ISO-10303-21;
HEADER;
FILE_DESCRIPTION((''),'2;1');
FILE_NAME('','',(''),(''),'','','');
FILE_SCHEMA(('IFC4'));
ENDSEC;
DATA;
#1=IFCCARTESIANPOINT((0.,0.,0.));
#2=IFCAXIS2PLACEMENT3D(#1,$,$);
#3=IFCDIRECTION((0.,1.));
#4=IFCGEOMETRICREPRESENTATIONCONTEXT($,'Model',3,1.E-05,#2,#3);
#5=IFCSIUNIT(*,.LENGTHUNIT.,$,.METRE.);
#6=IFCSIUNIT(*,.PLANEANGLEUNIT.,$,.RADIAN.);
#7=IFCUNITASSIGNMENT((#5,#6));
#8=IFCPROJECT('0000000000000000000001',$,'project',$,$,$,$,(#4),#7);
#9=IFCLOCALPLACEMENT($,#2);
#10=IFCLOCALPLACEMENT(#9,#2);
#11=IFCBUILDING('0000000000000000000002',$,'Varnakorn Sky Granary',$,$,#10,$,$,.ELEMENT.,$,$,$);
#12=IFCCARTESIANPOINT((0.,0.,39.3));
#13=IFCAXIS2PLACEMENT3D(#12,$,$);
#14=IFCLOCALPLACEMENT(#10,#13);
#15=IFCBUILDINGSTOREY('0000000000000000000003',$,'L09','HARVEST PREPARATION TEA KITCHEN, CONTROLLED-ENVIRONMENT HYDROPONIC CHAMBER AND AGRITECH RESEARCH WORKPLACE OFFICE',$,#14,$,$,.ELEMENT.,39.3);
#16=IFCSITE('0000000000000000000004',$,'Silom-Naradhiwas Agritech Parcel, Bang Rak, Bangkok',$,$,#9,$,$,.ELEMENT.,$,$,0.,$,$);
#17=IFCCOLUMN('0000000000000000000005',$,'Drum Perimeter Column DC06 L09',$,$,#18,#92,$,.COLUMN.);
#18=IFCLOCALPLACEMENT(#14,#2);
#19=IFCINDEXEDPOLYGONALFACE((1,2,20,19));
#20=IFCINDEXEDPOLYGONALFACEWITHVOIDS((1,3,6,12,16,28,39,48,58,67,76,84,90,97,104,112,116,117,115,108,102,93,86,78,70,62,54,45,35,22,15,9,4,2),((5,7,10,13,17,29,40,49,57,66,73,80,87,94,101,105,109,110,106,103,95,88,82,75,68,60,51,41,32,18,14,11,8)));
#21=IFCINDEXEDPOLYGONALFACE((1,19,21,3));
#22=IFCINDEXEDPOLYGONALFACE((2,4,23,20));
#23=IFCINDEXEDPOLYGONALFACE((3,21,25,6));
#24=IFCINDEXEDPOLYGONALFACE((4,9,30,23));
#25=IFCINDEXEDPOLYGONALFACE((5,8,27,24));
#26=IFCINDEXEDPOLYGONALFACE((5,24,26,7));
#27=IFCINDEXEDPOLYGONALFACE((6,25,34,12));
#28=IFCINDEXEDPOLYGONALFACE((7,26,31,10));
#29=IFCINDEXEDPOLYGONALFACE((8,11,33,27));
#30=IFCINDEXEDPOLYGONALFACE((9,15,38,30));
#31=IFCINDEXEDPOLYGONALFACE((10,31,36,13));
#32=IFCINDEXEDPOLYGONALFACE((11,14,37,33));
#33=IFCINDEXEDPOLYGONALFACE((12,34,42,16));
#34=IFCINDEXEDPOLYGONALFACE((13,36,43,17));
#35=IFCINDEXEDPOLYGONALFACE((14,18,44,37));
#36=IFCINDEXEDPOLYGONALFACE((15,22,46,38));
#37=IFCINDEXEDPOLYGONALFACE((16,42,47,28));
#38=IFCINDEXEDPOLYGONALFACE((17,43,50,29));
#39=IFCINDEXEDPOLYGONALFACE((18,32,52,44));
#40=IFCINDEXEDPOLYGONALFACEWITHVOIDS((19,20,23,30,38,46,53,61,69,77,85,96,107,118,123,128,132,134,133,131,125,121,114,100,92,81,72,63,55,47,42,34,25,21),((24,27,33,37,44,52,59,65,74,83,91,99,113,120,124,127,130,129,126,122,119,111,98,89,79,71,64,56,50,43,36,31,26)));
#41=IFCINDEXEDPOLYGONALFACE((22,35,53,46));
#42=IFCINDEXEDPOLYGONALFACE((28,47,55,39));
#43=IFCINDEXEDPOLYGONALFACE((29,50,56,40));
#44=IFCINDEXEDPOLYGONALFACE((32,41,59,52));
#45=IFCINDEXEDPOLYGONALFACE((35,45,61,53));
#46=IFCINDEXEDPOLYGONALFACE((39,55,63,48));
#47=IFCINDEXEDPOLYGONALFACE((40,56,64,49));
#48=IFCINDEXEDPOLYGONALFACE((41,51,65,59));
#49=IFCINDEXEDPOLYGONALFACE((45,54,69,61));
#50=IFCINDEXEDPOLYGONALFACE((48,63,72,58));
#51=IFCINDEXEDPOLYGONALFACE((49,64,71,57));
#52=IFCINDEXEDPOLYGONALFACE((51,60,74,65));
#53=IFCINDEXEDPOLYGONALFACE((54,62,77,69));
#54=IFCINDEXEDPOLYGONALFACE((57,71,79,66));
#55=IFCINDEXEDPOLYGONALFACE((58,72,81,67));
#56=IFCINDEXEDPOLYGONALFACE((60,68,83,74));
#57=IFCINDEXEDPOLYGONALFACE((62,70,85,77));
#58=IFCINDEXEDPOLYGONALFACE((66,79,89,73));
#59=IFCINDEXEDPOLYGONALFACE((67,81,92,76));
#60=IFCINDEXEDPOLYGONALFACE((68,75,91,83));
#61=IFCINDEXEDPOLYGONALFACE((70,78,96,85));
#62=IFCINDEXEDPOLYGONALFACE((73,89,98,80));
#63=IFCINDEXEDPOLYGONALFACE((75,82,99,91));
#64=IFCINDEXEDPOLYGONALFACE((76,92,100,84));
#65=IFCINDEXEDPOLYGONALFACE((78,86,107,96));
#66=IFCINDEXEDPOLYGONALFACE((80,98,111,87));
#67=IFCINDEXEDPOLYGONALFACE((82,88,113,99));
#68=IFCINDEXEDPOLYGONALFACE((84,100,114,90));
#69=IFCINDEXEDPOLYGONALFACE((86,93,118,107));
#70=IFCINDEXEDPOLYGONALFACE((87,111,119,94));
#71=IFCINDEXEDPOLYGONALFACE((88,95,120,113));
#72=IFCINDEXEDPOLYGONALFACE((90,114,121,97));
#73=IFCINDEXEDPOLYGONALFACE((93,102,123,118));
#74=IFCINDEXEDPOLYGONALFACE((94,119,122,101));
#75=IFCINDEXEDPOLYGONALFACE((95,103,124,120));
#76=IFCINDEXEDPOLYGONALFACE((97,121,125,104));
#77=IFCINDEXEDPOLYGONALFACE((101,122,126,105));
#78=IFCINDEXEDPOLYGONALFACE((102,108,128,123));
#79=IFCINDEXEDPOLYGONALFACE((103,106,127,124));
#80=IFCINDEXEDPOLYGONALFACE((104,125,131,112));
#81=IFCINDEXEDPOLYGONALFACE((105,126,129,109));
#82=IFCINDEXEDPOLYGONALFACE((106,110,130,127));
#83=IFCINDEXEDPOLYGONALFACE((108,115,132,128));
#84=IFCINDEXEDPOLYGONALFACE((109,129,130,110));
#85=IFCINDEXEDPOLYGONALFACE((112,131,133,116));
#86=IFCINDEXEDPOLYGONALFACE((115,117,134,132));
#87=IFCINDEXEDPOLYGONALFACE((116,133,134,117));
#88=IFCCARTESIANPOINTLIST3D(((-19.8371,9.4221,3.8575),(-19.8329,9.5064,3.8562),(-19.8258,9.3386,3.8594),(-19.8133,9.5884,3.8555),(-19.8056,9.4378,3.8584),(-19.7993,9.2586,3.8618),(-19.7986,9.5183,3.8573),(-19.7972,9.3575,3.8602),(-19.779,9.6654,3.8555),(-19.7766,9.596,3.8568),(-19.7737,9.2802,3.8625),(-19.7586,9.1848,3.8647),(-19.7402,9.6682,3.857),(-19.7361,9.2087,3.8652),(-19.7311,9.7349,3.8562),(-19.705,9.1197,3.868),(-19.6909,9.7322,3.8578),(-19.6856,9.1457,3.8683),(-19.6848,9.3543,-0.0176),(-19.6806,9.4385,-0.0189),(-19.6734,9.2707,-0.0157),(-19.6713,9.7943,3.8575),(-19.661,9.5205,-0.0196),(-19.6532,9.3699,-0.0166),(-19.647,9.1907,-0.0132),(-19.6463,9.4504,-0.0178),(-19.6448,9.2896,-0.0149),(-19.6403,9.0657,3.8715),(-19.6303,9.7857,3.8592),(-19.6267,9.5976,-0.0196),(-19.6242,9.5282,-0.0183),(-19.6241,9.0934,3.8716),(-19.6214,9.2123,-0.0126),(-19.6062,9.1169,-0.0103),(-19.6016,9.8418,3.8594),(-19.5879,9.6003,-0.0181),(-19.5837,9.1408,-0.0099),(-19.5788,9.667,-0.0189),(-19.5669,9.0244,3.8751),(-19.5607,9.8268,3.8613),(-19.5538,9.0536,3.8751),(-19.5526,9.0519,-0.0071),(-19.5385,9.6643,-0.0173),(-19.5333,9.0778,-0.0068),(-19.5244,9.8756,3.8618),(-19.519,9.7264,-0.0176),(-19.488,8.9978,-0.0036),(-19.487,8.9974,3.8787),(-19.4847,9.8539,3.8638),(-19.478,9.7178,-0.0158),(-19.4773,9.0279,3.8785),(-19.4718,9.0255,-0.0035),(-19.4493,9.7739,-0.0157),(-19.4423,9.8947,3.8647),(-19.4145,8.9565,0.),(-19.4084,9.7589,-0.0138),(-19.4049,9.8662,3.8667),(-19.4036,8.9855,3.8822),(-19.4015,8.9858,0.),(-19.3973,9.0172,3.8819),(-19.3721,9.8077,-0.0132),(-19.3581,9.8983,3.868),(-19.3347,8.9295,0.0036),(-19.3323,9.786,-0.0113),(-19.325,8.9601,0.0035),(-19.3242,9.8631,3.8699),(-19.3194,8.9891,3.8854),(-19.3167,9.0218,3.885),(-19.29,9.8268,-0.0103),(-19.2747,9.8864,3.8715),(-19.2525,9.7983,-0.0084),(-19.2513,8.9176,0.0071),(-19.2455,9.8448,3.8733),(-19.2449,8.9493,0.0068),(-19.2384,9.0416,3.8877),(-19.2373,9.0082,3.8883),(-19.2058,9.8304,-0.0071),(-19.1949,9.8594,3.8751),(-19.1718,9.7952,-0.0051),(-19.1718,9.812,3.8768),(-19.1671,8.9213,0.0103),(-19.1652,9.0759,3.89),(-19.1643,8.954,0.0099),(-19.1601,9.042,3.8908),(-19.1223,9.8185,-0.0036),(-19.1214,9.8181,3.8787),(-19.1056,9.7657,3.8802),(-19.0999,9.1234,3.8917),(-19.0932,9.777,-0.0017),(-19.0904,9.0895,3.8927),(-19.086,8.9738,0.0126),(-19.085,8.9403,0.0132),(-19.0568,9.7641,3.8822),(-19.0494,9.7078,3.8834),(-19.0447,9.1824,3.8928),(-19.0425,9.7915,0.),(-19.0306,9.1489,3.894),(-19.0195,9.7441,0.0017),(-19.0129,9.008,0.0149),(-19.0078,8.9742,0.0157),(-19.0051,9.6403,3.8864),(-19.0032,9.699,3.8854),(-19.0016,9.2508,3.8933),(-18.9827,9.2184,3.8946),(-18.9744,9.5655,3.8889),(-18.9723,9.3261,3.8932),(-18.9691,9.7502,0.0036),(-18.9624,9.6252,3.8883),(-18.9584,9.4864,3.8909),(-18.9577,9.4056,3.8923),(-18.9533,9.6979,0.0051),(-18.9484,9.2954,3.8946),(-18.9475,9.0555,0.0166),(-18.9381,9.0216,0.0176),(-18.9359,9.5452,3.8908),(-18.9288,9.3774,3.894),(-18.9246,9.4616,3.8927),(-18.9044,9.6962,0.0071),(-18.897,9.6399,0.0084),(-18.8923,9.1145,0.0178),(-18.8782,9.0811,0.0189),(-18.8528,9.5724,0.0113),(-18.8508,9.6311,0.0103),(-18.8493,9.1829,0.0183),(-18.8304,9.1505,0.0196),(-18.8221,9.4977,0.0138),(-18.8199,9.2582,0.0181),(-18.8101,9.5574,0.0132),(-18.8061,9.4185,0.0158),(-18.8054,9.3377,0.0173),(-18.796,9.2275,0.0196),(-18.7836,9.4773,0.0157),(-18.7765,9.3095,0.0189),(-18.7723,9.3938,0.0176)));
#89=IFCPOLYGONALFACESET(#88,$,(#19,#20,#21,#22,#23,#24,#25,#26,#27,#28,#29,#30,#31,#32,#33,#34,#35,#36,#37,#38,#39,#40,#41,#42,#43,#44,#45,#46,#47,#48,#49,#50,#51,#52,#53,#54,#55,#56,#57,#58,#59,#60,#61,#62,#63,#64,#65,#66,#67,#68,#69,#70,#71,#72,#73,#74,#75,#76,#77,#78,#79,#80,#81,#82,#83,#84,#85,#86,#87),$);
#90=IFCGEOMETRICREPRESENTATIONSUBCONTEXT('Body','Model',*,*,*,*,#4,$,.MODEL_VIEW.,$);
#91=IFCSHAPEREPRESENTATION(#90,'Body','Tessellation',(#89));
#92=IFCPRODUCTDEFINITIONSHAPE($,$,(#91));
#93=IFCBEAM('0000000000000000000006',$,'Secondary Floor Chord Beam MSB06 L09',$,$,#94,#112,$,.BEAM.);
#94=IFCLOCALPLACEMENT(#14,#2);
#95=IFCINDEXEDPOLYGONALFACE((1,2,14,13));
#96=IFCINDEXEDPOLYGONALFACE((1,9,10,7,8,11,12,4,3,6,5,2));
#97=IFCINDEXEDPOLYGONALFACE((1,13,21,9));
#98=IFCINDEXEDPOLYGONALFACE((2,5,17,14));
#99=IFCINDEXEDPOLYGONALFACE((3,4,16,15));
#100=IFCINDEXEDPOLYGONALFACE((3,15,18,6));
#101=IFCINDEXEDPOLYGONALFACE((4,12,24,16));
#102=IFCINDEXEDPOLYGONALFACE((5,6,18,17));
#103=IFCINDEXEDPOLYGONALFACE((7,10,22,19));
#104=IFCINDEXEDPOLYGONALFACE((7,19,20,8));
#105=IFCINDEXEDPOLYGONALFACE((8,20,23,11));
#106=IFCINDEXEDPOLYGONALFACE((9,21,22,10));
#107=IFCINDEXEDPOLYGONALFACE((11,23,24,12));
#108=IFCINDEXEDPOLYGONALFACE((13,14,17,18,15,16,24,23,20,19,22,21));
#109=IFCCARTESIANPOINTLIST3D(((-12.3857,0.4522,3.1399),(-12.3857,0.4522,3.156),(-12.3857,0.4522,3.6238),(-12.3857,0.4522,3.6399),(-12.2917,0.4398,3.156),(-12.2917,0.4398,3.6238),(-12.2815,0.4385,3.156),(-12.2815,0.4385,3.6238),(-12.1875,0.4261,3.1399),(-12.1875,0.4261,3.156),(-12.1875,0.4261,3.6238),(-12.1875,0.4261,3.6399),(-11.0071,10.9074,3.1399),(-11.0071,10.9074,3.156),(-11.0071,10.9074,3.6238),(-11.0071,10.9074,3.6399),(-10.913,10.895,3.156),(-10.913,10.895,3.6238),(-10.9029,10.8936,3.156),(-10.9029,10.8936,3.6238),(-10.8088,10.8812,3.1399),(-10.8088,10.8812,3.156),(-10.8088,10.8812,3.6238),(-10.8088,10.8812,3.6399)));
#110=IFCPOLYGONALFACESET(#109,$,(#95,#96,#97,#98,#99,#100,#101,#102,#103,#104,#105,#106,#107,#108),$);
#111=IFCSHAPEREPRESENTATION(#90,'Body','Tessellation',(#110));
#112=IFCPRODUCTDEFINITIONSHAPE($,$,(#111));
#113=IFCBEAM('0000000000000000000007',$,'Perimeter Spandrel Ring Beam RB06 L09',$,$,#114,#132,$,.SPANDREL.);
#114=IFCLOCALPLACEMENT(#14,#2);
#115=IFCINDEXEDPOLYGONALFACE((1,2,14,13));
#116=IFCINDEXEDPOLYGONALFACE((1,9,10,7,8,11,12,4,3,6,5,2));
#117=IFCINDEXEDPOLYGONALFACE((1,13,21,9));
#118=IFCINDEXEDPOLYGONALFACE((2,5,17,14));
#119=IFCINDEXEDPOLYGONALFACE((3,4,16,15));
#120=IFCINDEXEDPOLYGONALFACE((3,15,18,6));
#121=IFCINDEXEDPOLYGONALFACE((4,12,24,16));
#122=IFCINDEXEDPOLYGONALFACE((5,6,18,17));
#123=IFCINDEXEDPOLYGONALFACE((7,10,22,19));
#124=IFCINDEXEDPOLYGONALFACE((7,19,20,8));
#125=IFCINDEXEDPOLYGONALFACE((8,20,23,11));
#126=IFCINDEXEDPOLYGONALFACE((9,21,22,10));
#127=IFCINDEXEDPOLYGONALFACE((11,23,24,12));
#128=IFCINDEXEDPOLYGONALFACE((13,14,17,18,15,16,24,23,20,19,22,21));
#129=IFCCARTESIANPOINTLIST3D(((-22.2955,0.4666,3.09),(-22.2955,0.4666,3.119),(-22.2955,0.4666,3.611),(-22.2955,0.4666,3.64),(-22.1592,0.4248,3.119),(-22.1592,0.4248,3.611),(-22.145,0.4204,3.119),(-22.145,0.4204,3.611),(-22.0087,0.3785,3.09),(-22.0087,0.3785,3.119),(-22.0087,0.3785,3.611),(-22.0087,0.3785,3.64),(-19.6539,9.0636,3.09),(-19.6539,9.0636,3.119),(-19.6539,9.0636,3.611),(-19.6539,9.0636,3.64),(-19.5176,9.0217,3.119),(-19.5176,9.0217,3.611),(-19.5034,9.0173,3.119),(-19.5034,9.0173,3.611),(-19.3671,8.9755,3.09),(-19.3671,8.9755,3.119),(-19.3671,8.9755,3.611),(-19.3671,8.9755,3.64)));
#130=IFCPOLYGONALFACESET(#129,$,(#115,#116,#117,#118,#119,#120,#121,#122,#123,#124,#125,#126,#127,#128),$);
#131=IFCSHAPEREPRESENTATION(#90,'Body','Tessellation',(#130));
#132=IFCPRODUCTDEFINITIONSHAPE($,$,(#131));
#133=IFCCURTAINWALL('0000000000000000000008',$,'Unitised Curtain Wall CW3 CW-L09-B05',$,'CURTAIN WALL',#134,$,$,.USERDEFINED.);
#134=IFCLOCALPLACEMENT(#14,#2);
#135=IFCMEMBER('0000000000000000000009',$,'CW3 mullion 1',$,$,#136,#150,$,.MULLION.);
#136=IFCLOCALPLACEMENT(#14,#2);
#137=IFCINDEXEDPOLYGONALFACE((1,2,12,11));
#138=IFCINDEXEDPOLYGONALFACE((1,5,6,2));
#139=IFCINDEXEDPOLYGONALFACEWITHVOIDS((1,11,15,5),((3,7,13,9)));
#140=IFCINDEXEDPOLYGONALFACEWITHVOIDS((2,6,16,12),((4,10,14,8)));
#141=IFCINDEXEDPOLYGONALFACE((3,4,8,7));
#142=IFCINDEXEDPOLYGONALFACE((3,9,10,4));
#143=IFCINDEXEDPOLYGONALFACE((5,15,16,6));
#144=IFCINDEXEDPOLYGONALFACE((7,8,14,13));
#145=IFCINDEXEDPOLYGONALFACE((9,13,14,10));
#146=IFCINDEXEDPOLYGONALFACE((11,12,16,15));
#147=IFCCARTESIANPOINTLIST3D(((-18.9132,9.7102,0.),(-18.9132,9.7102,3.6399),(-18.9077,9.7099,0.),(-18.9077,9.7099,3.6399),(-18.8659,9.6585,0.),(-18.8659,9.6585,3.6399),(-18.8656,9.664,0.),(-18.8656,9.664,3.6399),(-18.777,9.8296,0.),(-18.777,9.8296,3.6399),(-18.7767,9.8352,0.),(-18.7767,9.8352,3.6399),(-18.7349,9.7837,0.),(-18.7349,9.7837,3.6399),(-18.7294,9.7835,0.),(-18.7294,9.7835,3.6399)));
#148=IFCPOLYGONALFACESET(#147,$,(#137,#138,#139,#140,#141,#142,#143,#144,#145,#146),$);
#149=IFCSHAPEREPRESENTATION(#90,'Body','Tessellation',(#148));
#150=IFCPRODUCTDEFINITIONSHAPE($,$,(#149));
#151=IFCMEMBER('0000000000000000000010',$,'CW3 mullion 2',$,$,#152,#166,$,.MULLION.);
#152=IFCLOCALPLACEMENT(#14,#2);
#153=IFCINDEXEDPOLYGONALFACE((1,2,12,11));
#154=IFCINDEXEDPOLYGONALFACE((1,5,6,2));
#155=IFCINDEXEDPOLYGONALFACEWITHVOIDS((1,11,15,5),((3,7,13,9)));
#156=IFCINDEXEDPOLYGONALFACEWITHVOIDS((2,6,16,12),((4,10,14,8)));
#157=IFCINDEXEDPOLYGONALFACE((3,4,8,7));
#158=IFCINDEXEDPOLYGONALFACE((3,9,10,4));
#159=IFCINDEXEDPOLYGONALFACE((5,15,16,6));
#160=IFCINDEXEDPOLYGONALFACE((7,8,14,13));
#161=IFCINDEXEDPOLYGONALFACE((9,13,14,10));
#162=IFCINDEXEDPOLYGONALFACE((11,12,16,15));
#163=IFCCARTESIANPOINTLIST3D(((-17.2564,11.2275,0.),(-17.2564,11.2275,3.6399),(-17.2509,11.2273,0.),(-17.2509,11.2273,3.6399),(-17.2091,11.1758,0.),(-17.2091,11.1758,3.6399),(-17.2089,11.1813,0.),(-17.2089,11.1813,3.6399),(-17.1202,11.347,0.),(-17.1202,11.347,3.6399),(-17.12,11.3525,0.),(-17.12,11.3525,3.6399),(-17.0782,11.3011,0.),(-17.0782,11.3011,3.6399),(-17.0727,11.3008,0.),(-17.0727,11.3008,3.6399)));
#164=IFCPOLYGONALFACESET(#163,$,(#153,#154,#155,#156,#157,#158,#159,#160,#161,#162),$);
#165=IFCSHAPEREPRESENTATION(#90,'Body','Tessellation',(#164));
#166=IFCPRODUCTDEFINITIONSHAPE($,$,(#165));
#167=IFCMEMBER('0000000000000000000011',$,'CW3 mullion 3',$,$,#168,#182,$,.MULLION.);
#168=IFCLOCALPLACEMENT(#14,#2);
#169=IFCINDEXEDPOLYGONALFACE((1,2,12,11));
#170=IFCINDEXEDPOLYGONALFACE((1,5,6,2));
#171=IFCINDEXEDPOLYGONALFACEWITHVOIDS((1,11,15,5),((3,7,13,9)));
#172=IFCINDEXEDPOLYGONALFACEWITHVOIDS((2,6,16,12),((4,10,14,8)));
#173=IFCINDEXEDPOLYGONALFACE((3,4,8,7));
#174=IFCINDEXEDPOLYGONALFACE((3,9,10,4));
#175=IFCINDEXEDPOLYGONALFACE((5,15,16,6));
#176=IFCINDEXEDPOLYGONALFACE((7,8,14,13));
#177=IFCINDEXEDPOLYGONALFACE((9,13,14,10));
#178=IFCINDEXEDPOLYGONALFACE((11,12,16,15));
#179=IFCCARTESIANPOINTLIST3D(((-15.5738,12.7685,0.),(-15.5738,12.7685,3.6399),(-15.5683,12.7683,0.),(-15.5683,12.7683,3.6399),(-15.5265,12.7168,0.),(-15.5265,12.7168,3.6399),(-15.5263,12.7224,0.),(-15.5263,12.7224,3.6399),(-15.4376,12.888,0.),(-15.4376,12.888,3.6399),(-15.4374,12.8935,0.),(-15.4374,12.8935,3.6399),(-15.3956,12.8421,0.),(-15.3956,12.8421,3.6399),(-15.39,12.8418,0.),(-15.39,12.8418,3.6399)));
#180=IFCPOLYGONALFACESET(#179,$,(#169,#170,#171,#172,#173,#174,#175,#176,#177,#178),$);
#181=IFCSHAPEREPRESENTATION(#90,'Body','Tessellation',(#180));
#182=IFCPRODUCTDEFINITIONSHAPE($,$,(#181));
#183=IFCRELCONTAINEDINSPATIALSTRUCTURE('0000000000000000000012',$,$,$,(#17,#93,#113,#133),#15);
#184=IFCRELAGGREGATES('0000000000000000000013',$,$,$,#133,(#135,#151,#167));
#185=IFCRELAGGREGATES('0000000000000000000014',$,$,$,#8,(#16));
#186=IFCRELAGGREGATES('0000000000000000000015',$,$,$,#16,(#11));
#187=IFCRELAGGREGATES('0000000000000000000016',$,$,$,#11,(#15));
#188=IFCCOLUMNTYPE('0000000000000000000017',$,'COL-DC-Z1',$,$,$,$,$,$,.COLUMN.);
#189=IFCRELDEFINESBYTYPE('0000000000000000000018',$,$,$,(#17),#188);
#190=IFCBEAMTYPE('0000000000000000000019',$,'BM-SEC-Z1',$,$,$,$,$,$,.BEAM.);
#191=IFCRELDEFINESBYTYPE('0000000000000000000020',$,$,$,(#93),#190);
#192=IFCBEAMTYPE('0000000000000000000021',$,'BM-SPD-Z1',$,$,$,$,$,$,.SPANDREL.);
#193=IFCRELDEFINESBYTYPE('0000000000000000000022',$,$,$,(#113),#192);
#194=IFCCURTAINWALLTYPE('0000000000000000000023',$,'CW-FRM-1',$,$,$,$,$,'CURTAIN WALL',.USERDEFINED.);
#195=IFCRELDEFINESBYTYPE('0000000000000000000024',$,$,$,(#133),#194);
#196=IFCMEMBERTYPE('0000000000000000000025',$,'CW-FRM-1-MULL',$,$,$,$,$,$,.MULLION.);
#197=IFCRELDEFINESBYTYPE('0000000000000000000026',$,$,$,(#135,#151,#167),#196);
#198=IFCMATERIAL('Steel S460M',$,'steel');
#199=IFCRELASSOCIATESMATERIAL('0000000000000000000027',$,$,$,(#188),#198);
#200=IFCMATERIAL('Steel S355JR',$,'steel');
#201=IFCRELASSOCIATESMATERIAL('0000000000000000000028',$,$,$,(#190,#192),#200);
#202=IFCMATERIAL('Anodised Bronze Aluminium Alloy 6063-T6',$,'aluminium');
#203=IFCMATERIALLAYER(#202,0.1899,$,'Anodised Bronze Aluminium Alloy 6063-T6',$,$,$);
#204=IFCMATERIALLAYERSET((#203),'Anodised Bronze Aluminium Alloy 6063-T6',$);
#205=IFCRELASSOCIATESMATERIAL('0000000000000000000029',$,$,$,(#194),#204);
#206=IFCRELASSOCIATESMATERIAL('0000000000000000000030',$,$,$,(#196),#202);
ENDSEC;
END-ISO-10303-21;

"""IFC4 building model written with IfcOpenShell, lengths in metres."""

from ifc_helpers import new_model, si_unit, direction, frame, origin, origin_2d, place, context, subcontext, project, spatial, hollow_rectangle, hollow_circle, i_section, extrude, material, layer, layer_set, material_profile, profile_set, type_object, element, aggregate, save


model = new_model("IFC4")

# Units and contexts
model_context = context("Model", 3, precision=1e-05, world=origin(), true_north=direction((0.0, 1.0)))
body_context = subcontext(model_context, "Body", "Model", "MODEL_VIEW")
ifc_project = project(units=[si_unit("LENGTHUNIT", "METRE"), si_unit("PLANEANGLEUNIT", "RADIAN")], contexts=[model_context])

# Site, building, storey
site_placement = place(None, origin())
site = spatial("IfcSite", under=ifc_project, at=site_placement, Name="Silom-Naradhiwas Agritech Parcel, Bang Rak, Bangkok", CompositionType="ELEMENT", RefElevation=0.0)
building_placement = place(site_placement, origin())
building = spatial("IfcBuilding", under=site, at=building_placement, Name="Varnakorn Sky Granary", CompositionType="ELEMENT")
storey_placement = place(building_placement, frame((0.0, 0.0, 39.3)))
storey = spatial("IfcBuildingStorey", under=building, at=storey_placement, Name="L09", Description="HARVEST PREPARATION TEA KITCHEN, CONTROLLED-ENVIRONMENT HYDROPONIC CHAMBER AND AGRITECH RESEARCH WORKPLACE OFFICE", CompositionType="ELEMENT", Elevation=39.3)

# Column
ifc_material_1 = material(Name="Steel S460M", Category="steel")
ifc_material_profile_1 = material_profile(ifc_material_1, hollow_circle(Radius=0.457, WallThickness=0.032, at=origin_2d()), Name="CHS 914x32")
ifc_profile_set_1 = profile_set([ifc_material_profile_1], Name="Steel S460M")
column_type = type_object("IfcColumnType", Name="COL-DC-Z1", PredefinedType="COLUMN", material=ifc_profile_set_1)
column_placement = place(storey_placement, frame((-19.2285, 9.374, 0.0), z_axis=(-0.039278, 0.017499, 0.999075), x_axis=(-0.406953, -0.913449, 0.0)))
element("IfcColumn", 1, at=column_placement, inside=storey, type_object=column_type, Name="Drum Perimeter Column DC06 L09", PredefinedType="COLUMN", context=body_context, shape_type="SweptSolid", body=[
    extrude(hollow_circle(Radius=0.457, WallThickness=0.032, at=origin_2d()), origin(), (0.0, 0.0, 1.0), 3.8787),
])

# Beams
ifc_material_2 = material(Name="Steel S355JR", Category="steel")
ifc_material_profile_2 = material_profile(ifc_material_2, i_section(OverallWidth=0.2, OverallDepth=0.5, WebThickness=0.0103, FlangeThickness=0.0161, at=origin_2d()), Name="IPE 500")
ifc_profile_set_2 = profile_set([ifc_material_profile_2], Name="Steel S355JR")
beam_type_1 = type_object("IfcBeamType", Name="BM-SEC-Z1", PredefinedType="BEAM", material=ifc_profile_set_2)
beam_1_placement = place(storey_placement, frame((-10.908, 10.8943, 3.3899), z_axis=(-0.130734, -0.991418, 0.0), x_axis=(0.991418, -0.130734, 0.0)))
element("IfcBeam", 2, at=beam_1_placement, inside=storey, type_object=beam_type_1, Name="Secondary Floor Chord Beam MSB06 L09", PredefinedType="BEAM", context=body_context, shape_type="SweptSolid", body=[
    extrude(i_section(OverallWidth=0.2, OverallDepth=0.5, WebThickness=0.0103, FlangeThickness=0.0161, at=origin_2d()), origin(), (0.0, 0.0, 1.0), 10.5457),
])
ifc_material_profile_3 = material_profile(ifc_material_2, i_section(OverallWidth=0.3, OverallDepth=0.55, WebThickness=0.0149, FlangeThickness=0.0291, at=origin_2d()), Name="HE 550 B")
ifc_profile_set_3 = profile_set([ifc_material_profile_3], Name="Steel S355JR")
beam_type_2 = type_object("IfcBeamType", Name="BM-SPD-Z1", PredefinedType="SPANDREL", material=ifc_profile_set_3)
beam_2_placement = place(storey_placement, frame((-19.5105, 9.0195, 3.365), z_axis=(-0.29372, -0.955892, 0.0), x_axis=(0.955892, -0.29372, 0.0)))
element("IfcBeam", 3, at=beam_2_placement, inside=storey, type_object=beam_type_2, Name="Perimeter Spandrel Ring Beam RB06 L09", PredefinedType="SPANDREL", context=body_context, shape_type="SweptSolid", body=[
    extrude(i_section(OverallWidth=0.3, OverallDepth=0.55, WebThickness=0.0149, FlangeThickness=0.0291, at=origin_2d()), origin(), (0.0, 0.0, 1.0), 8.9937),
])

# Curtain wall, members
ifc_material_3 = material(Name="Anodised Bronze Aluminium Alloy 6063-T6", Category="aluminium")
ifc_layer_1 = layer(ifc_material_3, 0.1899, Name="Anodised Bronze Aluminium Alloy 6063-T6")
ifc_layer_set_1 = layer_set([ifc_layer_1], Name="Anodised Bronze Aluminium Alloy 6063-T6")
curtain_wall_type = type_object("IfcCurtainWallType", Name="CW-FRM-1", ElementType="CURTAIN WALL", PredefinedType="USERDEFINED", material=ifc_layer_set_1)
curtain_wall_placement = place(storey_placement, origin())
curtain_wall = element("IfcCurtainWall", 4, at=curtain_wall_placement, inside=storey, type_object=curtain_wall_type, Name="Unitised Curtain Wall CW3 CW-L09-B05", ObjectType="CURTAIN WALL", PredefinedType="USERDEFINED")
ifc_material_profile_4 = material_profile(ifc_material_3, hollow_rectangle(XDim=0.0701, YDim=0.1851, WallThickness=0.0039, at=origin_2d()), Name="ALU MULL 70x185")
ifc_profile_set_4 = profile_set([ifc_material_profile_4], Name="Anodised Bronze Aluminium Alloy 6063-T6")
member_type_1 = type_object("IfcMemberType", Name="CW-FRM-1-MULL", PredefinedType="MULLION", material=ifc_profile_set_4)
member_1_placement = place(storey_placement, frame((-18.8213, 9.7468, 0.0), z_axis=(0.0, 0.0, 1.0), x_axis=(-0.675389, 0.737462, 0.0)))
member_1 = element("IfcMember", 5, at=member_1_placement, type_object=member_type_1, Name="CW3 mullion 1", PredefinedType="MULLION", context=body_context, shape_type="SweptSolid", body=[
    extrude(hollow_rectangle(XDim=0.0701, YDim=0.1851, WallThickness=0.0039, at=origin_2d()), origin(), (0.0, 0.0, 1.0), 3.6399),
])
member_2_placement = place(storey_placement, frame((-17.1646, 11.2642, 0.0), z_axis=(0.0, 0.0, 1.0), x_axis=(-0.675389, 0.737462, 0.0)))
member_2 = element("IfcMember", 6, at=member_2_placement, type_object=member_type_1, Name="CW3 mullion 2", PredefinedType="MULLION", context=body_context, shape_type="SweptSolid", body=[
    extrude(hollow_rectangle(XDim=0.0701, YDim=0.1851, WallThickness=0.0039, at=origin_2d()), origin(), (0.0, 0.0, 1.0), 3.6399),
])
member_3_placement = place(storey_placement, frame((-15.4819, 12.8052, 0.0), z_axis=(0.0, 0.0, 1.0), x_axis=(-0.675389, 0.737462, 0.0)))
member_3 = element("IfcMember", 7, at=member_3_placement, type_object=member_type_1, Name="CW3 mullion 3", PredefinedType="MULLION", context=body_context, shape_type="SweptSolid", body=[
    extrude(hollow_rectangle(XDim=0.0701, YDim=0.1851, WallThickness=0.0039, at=origin_2d()), origin(), (0.0, 0.0, 1.0), 3.6399),
])
aggregate(curtain_wall, [member_1, member_2, member_3])

save(model, "model.ifc")
